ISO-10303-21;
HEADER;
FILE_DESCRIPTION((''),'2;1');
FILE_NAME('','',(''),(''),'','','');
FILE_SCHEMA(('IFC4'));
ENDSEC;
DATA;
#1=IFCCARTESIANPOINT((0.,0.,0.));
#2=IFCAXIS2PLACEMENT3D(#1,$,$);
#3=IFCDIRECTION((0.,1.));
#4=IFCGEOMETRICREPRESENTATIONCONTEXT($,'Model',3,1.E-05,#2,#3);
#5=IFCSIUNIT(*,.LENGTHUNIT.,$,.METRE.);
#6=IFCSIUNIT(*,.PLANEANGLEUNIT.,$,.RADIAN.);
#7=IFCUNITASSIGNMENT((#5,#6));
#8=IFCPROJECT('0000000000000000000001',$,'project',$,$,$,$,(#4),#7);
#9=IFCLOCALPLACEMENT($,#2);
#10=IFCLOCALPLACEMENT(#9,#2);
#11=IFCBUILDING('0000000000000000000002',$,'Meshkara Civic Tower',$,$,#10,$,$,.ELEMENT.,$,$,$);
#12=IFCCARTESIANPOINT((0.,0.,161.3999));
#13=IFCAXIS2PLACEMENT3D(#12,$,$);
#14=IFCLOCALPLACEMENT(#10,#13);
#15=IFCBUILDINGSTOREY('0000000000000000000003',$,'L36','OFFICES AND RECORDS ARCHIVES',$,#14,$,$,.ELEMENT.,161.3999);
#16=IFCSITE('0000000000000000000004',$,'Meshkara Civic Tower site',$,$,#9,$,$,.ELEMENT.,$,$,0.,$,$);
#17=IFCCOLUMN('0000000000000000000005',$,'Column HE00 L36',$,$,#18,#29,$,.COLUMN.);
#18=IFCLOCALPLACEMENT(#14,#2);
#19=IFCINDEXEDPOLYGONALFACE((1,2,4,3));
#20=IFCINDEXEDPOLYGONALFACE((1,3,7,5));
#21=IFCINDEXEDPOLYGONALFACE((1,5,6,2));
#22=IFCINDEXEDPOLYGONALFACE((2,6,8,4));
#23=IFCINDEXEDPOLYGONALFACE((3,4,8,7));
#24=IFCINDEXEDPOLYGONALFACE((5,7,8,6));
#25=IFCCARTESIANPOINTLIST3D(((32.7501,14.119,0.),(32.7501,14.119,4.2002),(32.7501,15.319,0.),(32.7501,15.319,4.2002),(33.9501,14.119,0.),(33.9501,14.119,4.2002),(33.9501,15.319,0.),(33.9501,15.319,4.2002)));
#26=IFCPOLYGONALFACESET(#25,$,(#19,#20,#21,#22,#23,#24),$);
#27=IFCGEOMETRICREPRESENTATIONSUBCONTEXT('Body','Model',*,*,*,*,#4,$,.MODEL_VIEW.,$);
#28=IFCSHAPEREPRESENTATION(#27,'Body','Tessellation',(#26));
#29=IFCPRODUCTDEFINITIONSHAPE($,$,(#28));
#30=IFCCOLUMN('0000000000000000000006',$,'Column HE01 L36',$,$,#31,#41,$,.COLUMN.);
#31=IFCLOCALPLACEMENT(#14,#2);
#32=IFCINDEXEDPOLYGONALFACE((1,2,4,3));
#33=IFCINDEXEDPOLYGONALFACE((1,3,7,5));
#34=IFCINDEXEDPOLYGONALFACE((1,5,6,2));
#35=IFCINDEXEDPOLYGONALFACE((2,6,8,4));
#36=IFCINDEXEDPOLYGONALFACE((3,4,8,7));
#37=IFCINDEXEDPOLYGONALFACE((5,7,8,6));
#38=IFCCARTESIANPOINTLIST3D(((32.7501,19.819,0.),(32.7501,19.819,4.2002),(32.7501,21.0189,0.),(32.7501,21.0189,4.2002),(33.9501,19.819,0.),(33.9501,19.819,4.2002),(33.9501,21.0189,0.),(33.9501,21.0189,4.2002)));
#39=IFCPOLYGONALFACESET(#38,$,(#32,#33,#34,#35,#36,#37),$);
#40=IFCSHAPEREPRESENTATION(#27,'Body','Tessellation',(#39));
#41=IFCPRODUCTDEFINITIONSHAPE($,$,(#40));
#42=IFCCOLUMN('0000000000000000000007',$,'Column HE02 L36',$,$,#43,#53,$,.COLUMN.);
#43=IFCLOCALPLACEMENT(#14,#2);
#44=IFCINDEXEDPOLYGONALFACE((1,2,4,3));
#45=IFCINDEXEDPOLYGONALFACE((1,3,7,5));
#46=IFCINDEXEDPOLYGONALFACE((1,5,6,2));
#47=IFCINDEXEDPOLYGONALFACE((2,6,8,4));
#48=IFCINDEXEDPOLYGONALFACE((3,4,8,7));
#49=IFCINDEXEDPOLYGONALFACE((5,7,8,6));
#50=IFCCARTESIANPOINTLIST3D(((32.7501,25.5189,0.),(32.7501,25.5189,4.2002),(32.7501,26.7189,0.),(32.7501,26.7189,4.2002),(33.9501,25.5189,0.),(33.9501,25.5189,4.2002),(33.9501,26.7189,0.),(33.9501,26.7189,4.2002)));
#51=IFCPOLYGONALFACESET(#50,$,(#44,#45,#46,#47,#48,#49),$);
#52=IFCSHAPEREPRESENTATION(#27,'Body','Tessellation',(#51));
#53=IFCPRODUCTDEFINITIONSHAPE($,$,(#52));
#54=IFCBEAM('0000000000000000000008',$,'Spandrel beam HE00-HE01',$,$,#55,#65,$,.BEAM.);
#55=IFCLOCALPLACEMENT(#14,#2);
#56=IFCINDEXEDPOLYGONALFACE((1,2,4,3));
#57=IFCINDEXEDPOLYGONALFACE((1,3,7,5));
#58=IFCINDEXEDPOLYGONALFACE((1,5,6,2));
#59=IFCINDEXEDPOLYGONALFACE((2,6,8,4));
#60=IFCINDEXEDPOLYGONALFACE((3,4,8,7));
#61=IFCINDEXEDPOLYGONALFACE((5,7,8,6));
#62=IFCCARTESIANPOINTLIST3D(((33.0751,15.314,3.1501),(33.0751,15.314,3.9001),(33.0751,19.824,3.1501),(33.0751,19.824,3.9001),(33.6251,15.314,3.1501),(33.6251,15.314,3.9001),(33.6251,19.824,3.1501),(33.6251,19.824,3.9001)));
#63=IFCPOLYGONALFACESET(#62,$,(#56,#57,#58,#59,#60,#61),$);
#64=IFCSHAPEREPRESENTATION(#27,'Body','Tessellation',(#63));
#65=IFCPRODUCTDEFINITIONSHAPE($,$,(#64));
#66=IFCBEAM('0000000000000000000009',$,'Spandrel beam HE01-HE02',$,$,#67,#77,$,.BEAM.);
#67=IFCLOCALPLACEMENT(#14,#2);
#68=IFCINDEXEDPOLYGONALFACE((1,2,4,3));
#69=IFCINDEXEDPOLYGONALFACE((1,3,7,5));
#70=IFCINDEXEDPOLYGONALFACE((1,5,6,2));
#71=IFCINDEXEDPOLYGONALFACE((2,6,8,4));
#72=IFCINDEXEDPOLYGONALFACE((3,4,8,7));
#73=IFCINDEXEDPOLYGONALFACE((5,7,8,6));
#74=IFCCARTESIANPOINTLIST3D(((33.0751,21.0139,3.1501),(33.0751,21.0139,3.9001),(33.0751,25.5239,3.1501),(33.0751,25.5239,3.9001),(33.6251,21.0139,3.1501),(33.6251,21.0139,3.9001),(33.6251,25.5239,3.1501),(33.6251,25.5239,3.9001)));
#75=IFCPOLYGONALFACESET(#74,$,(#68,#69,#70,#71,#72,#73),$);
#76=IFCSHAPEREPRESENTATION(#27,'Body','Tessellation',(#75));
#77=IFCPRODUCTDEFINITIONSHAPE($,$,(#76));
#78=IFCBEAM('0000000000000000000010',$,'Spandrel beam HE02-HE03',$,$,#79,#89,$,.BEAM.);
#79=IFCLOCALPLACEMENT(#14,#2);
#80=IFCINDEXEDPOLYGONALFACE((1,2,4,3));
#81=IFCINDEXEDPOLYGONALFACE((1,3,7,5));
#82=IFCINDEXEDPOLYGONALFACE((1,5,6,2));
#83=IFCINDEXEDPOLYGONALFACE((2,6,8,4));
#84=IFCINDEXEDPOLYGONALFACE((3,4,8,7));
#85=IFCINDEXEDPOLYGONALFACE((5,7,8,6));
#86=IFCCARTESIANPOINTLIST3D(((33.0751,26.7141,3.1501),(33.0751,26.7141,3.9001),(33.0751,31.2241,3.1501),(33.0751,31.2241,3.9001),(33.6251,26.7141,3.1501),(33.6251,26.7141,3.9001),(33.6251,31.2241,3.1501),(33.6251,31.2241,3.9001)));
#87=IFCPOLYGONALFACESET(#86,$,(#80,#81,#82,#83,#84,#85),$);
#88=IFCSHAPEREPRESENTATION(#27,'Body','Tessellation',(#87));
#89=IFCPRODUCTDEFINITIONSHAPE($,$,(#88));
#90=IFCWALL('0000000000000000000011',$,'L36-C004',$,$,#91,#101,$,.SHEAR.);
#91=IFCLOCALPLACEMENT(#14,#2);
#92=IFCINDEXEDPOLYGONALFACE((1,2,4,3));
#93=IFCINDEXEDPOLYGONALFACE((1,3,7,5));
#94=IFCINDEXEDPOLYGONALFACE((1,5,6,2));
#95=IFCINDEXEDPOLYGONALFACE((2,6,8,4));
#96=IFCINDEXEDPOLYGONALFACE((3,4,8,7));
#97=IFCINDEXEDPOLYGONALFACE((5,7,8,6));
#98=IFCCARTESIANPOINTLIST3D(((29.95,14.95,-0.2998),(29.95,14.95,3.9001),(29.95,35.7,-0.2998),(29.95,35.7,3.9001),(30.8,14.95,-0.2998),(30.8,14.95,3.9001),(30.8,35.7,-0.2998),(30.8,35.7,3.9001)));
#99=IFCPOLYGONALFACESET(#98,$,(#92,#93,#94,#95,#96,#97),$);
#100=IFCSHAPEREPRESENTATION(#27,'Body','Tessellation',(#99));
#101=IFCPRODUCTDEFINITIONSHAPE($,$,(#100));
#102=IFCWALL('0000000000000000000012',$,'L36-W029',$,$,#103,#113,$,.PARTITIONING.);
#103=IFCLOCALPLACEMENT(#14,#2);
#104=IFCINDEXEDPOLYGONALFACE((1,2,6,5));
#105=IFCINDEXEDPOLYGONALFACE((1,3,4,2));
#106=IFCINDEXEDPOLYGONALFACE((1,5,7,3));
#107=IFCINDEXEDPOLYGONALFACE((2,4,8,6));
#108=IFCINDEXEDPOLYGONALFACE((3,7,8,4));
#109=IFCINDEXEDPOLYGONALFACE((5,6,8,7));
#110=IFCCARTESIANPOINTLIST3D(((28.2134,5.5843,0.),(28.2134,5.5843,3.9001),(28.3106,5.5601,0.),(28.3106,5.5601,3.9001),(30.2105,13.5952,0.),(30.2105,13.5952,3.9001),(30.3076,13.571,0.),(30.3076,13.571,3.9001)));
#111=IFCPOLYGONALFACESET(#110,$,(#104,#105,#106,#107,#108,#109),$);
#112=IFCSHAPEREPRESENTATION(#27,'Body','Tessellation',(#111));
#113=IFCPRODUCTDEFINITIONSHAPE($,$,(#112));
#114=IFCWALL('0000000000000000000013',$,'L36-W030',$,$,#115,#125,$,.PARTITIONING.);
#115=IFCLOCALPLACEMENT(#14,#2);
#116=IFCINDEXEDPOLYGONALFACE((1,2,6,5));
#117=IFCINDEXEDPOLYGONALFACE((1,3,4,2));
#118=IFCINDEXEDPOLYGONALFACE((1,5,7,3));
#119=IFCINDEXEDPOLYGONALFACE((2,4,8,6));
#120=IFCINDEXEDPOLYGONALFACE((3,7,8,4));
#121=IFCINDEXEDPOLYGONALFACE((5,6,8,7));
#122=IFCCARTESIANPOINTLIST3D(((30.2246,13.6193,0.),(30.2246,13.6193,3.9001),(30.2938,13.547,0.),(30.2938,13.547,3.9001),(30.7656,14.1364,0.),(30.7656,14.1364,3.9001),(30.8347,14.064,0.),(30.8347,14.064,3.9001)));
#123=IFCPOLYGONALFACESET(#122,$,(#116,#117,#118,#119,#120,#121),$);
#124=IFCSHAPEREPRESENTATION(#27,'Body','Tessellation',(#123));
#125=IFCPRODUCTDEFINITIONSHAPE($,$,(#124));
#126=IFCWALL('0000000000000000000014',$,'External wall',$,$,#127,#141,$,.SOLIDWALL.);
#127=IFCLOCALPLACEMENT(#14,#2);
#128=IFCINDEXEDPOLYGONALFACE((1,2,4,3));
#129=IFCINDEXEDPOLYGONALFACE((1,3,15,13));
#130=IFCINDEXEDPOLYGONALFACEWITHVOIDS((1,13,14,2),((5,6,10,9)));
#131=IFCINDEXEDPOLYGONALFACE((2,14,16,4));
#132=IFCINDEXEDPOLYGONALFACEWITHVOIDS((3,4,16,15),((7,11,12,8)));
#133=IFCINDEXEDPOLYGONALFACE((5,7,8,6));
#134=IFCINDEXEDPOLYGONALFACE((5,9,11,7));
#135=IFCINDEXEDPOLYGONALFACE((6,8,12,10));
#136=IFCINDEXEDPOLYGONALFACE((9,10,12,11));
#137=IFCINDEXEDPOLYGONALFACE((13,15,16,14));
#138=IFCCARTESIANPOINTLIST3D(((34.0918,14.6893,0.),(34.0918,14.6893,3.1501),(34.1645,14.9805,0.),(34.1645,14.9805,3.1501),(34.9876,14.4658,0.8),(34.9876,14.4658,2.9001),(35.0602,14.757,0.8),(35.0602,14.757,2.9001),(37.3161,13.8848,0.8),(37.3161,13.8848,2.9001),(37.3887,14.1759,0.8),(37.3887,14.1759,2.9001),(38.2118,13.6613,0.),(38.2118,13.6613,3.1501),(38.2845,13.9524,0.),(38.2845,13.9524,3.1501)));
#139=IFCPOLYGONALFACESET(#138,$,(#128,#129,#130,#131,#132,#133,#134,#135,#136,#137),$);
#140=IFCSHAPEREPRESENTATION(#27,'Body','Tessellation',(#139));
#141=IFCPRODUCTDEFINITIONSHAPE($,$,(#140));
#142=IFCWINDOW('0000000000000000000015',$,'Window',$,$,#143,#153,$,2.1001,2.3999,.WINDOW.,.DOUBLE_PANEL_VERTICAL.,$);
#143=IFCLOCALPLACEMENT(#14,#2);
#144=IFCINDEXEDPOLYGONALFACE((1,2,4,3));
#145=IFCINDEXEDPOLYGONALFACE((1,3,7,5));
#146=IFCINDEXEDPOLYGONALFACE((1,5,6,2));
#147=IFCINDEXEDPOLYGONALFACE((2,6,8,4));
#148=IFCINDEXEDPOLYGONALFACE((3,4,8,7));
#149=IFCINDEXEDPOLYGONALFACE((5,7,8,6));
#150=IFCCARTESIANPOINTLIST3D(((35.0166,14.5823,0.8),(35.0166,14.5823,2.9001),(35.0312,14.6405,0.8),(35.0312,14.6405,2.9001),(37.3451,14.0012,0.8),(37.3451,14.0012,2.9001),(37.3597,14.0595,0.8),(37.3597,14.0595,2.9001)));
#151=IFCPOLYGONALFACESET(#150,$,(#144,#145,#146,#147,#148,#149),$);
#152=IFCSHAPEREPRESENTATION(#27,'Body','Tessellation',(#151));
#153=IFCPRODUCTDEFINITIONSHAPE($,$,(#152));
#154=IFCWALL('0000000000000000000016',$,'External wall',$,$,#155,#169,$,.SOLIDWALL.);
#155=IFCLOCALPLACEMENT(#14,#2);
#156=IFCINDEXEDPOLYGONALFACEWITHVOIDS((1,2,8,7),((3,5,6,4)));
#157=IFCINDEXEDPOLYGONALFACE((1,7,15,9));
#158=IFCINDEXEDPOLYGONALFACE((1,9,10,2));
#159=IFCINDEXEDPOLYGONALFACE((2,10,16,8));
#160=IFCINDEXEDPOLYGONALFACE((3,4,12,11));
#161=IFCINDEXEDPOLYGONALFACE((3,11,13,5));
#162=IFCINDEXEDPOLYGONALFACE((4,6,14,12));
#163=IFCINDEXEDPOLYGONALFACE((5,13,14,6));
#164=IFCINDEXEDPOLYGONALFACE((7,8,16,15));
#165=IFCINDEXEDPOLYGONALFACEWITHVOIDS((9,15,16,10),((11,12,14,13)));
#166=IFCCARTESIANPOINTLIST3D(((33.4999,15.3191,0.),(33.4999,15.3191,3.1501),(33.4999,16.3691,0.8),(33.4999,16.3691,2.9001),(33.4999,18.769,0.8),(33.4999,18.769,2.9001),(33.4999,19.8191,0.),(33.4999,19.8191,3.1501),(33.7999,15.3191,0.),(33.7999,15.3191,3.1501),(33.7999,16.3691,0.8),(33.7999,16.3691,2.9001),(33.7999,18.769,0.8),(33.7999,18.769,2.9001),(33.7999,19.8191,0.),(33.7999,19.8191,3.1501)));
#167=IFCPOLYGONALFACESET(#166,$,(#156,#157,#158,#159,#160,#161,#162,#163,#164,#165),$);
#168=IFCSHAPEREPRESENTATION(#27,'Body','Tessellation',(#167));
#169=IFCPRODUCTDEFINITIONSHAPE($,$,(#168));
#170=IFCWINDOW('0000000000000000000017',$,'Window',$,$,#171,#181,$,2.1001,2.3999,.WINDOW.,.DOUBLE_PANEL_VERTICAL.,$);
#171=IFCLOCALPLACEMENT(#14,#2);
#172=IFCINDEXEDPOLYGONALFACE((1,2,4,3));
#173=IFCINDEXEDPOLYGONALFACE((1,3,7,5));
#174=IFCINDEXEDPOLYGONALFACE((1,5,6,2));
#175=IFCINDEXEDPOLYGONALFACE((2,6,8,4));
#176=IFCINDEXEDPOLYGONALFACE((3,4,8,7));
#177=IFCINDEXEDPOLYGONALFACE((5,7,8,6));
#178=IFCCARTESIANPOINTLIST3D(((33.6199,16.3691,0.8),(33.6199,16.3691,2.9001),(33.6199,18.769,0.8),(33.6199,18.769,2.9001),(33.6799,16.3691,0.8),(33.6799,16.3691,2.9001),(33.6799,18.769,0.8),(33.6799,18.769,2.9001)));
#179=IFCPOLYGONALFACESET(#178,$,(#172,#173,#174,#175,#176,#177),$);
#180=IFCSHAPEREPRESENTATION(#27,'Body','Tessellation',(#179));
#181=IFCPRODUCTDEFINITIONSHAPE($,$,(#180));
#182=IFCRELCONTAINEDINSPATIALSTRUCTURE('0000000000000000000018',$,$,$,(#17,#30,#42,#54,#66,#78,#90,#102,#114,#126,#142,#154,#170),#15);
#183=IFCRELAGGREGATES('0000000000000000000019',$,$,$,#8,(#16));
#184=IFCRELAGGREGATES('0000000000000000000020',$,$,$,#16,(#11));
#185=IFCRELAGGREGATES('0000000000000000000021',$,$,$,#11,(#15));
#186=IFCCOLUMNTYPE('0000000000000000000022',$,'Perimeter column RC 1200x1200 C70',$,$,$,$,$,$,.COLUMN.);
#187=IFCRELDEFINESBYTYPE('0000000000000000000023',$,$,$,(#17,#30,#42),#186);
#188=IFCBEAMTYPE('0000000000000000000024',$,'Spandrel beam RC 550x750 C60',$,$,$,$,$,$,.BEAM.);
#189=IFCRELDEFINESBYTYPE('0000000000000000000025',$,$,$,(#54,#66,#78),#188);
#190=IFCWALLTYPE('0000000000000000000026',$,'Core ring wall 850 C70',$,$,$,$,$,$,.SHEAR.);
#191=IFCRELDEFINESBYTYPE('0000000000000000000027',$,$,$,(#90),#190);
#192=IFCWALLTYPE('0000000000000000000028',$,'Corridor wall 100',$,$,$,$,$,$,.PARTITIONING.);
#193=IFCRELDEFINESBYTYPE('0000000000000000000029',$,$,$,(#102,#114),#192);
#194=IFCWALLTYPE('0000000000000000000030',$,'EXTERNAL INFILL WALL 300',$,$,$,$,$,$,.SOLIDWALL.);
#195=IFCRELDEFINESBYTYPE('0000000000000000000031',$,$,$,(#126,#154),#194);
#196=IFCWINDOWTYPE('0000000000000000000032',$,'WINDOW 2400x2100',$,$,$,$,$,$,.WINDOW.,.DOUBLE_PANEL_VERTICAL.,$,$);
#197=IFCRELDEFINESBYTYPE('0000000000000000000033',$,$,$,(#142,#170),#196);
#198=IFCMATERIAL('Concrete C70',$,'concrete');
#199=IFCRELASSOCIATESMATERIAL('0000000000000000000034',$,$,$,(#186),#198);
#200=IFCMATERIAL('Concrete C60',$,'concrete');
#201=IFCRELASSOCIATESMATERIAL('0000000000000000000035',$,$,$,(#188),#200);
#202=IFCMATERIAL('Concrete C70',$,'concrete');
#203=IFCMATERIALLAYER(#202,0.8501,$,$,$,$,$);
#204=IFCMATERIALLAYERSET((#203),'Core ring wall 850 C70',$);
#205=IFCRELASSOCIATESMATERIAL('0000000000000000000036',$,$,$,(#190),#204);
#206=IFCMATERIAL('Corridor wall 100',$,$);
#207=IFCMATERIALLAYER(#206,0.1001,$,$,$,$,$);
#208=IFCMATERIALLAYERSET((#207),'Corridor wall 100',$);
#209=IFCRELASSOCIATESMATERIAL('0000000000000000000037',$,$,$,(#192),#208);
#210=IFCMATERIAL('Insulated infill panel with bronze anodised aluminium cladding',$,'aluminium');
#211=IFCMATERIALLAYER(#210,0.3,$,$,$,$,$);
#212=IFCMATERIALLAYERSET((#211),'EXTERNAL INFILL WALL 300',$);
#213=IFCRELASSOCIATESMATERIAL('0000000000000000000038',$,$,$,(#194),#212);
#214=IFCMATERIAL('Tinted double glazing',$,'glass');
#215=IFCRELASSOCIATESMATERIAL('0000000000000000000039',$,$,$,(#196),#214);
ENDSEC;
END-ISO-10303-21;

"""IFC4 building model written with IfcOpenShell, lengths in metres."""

from ifc_helpers import new_model, si_unit, direction, frame, frame_2d, origin, origin_2d, place, context, subcontext, project, spatial, rectangle, extrude, material, layer, layer_set, material_profile, profile_set, type_object, element, fill, save


model = new_model("IFC4")

# Units and contexts
model_context = context("Model", 3, precision=1e-05, world=origin(), true_north=direction((0.0, 1.0)))
body_context = subcontext(model_context, "Body", "Model", "MODEL_VIEW")
ifc_project = project(units=[si_unit("LENGTHUNIT", "METRE"), si_unit("PLANEANGLEUNIT", "RADIAN")], contexts=[model_context])

# Site, building, storey
site_placement = place(None, origin())
site = spatial("IfcSite", under=ifc_project, at=site_placement, Name="Meshkara Civic Tower site", CompositionType="ELEMENT", RefElevation=0.0)
building_placement = place(site_placement, origin())
building = spatial("IfcBuilding", under=site, at=building_placement, Name="Meshkara Civic Tower", CompositionType="ELEMENT")
storey_placement = place(building_placement, frame((0.0, 0.0, 161.3999)))
storey = spatial("IfcBuildingStorey", under=building, at=storey_placement, Name="L36", Description="OFFICES AND RECORDS ARCHIVES", CompositionType="ELEMENT", Elevation=161.3999)

# Columns
ifc_material_1 = material(Name="Concrete C70", Category="concrete")
ifc_material_profile_1 = material_profile(ifc_material_1, rectangle(XDim=1.2, YDim=1.2, at=origin_2d()))
ifc_profile_set_1 = profile_set([ifc_material_profile_1], Name="Concrete C70")
column_type = type_object("IfcColumnType", Name="Perimeter column RC 1200x1200 C70", PredefinedType="COLUMN", material=ifc_profile_set_1)
for number, where, z_axis, x_axis, name in (
    (1, (33.3501, 14.719, 0.0), (0.0, 0.0, 1.0), (1.0, 0.0, 0.0), "Column HE00 L36"),
    (2, (33.3501, 20.4189, 0.0), (0.0, 0.0, 1.0), (1.0, 0.0, 0.0), "Column HE01 L36"),
    (3, (33.3501, 26.1189, 0.0), (0.0, 0.0, 1.0), (1.0, 0.0, 0.0), "Column HE02 L36"),
):
    element("IfcColumn", number, at=place(storey_placement, frame(where, z_axis=z_axis, x_axis=x_axis)), inside=storey, type_object=column_type, Name=name, PredefinedType="COLUMN", context=body_context, shape_type="SweptSolid", body=[
        extrude(rectangle(XDim=1.2, YDim=1.2, at=origin_2d()), origin(), (0.0, 0.0, 1.0), 4.2002),
    ])

# Beams
ifc_material_2 = material(Name="Concrete C60", Category="concrete")
ifc_material_profile_2 = material_profile(ifc_material_2, rectangle(XDim=0.55, YDim=0.75, at=origin_2d()))
ifc_profile_set_2 = profile_set([ifc_material_profile_2], Name="Concrete C60")
beam_type = type_object("IfcBeamType", Name="Spandrel beam RC 550x750 C60", PredefinedType="BEAM", material=ifc_profile_set_2)
for number, where, z_axis, x_axis, name in (
    (4, (33.3501, 15.314, 3.5251), (0.0, 1.0, 0.0), (-1.0, 0.0, 0.0), "Spandrel beam HE00-HE01"),
    (5, (33.3501, 21.0139, 3.5251), (0.0, 1.0, 0.0), (-1.0, 0.0, 0.0), "Spandrel beam HE01-HE02"),
    (6, (33.3501, 26.7141, 3.5251), (0.0, 1.0, 0.0), (-1.0, 0.0, 0.0), "Spandrel beam HE02-HE03"),
):
    element("IfcBeam", number, at=place(storey_placement, frame(where, z_axis=z_axis, x_axis=x_axis)), inside=storey, type_object=beam_type, Name=name, PredefinedType="BEAM", context=body_context, shape_type="SweptSolid", body=[
        extrude(rectangle(XDim=0.55, YDim=0.75, at=origin_2d()), origin(), (0.0, 0.0, 1.0), 4.51),
    ])

# Walls
ifc_material_3 = material(Name="Concrete C70", Category="concrete")
ifc_layer_1 = layer(ifc_material_3, 0.8501)
ifc_layer_set_1 = layer_set([ifc_layer_1], Name="Core ring wall 850 C70")
wall_type_1 = type_object("IfcWallType", Name="Core ring wall 850 C70", PredefinedType="SHEAR", material=ifc_layer_set_1)
wall_1_placement = place(storey_placement, frame((30.375, 14.95, -0.2998), z_axis=(0.0, 0.0, 1.0), x_axis=(0.0, 1.0, 0.0)))
element("IfcWall", 7, at=wall_1_placement, inside=storey, type_object=wall_type_1, Name="L36-C004", PredefinedType="SHEAR", context=body_context, shape_type="SweptSolid", body=[
    extrude(rectangle(XDim=20.75, YDim=0.8501, at=frame_2d((10.375, 0.0))), origin(), (0.0, 0.0, 1.0), 4.2),
])
ifc_material_4 = material(Name="Corridor wall 100")
ifc_layer_2 = layer(ifc_material_4, 0.1001)
ifc_layer_set_2 = layer_set([ifc_layer_2], Name="Corridor wall 100")
wall_type_2 = type_object("IfcWallType", Name="Corridor wall 100", PredefinedType="PARTITIONING", material=ifc_layer_set_2)
wall_2_placement = place(storey_placement, frame((30.259, 13.583, 0.0), z_axis=(0.0, 0.0, 1.0), x_axis=(-0.241888, -0.970304, 0.0)))
element("IfcWall", 8, at=wall_2_placement, inside=storey, type_object=wall_type_2, Name="L36-W029", PredefinedType="PARTITIONING", context=body_context, shape_type="SweptSolid", body=[
    extrude(rectangle(XDim=8.2561, YDim=0.1001, at=frame_2d((4.1279, 0.0))), origin(), (0.0, 0.0, 1.0), 3.9001),
])
wall_3_placement = place(storey_placement, frame((30.8, 14.1001, 0.0), z_axis=(0.0, 0.0, 1.0), x_axis=(-0.722911, -0.690941, 0.0)))
element("IfcWall", 9, at=wall_3_placement, inside=storey, type_object=wall_type_2, Name="L36-W030", PredefinedType="PARTITIONING", context=body_context, shape_type="SweptSolid", body=[
    extrude(rectangle(XDim=0.7483, YDim=0.1001, at=frame_2d((0.374, 0.0))), origin(), (0.0, 0.0, 1.0), 3.9001),
])

# Walls, openings, windows
ifc_material_5 = material(Name="Insulated infill panel with bronze anodised aluminium cladding", Category="aluminium")
ifc_layer_3 = layer(ifc_material_5, 0.3)
ifc_layer_set_3 = layer_set([ifc_layer_3], Name="EXTERNAL INFILL WALL 300")
wall_type_3 = type_object("IfcWallType", Name="EXTERNAL INFILL WALL 300", PredefinedType="SOLIDWALL", material=ifc_layer_set_3)
wall_4_placement = place(storey_placement, frame((38.248, 13.8069, 0.0), z_axis=(0.0, 0.0, 1.0), x_axis=(-0.970251, 0.242103, 0.0)))
wall_4 = element("IfcWall", 10, at=wall_4_placement, inside=storey, type_object=wall_type_3, Name="External wall", PredefinedType="SOLIDWALL", context=body_context, shape_type="SweptSolid", body=[
    extrude(rectangle(XDim=4.2463, YDim=0.3, at=frame_2d((2.123, 0.0))), origin(), (0.0, 0.0, 1.0), 3.1501),
])
opening_1_placement = place(wall_4_placement, frame((0.9231, 0.0, 0.8)))
opening_1 = element("IfcOpeningElement", 11, at=opening_1_placement, cuts=wall_4, PredefinedType="OPENING", context=body_context, shape_type="SweptSolid", body=[
    extrude(rectangle(XDim=2.3999, YDim=2.1001, at=frame_2d((1.2, 1.05))), frame((0.0, 0.1599, 0.0), z_axis=(0.0, -1.0, 0.0), x_axis=(1.0, 0.0, 0.0)), (0.0, 0.0, 1.0), 0.3201),
])
ifc_material_6 = material(Name="Tinted double glazing", Category="glass")
window_type = type_object("IfcWindowType", Name="WINDOW 2400x2100", PartitioningType="DOUBLE_PANEL_VERTICAL", PredefinedType="WINDOW", material=ifc_material_6)
window_1_placement = place(opening_1_placement, origin())
window_1 = element("IfcWindow", 12, at=window_1_placement, inside=storey, type_object=window_type, Name="Window", OverallHeight=2.1001, OverallWidth=2.3999, PartitioningType="DOUBLE_PANEL_VERTICAL", PredefinedType="WINDOW", context=body_context, shape_type="SweptSolid", body=[
    extrude(rectangle(XDim=2.3999, YDim=2.1001, at=frame_2d((1.2, 1.05))), frame((0.0, 0.03, 0.0), z_axis=(0.0, -1.0, 0.0), x_axis=(1.0, 0.0, 0.0)), (0.0, 0.0, 1.0), 0.0601),
])
fill(opening_1, window_1)
wall_5_placement = place(storey_placement, frame((33.6499, 15.3191, 0.0), z_axis=(0.0, 0.0, 1.0), x_axis=(0.0, 1.0, 0.0)))
wall_5 = element("IfcWall", 13, at=wall_5_placement, inside=storey, type_object=wall_type_3, Name="External wall", PredefinedType="SOLIDWALL", context=body_context, shape_type="SweptSolid", body=[
    extrude(rectangle(XDim=4.5, YDim=0.3, at=frame_2d((2.25, 0.0))), origin(), (0.0, 0.0, 1.0), 3.1501),
])
opening_2_placement = place(wall_5_placement, frame((1.05, 0.0, 0.8)))
opening_2 = element("IfcOpeningElement", 14, at=opening_2_placement, cuts=wall_5, PredefinedType="OPENING", context=body_context, shape_type="SweptSolid", body=[
    extrude(rectangle(XDim=2.3999, YDim=2.1001, at=frame_2d((1.2, 1.05))), frame((0.0, 0.1599, 0.0), z_axis=(0.0, -1.0, 0.0), x_axis=(1.0, 0.0, 0.0)), (0.0, 0.0, 1.0), 0.3201),
])
window_2_placement = place(opening_2_placement, origin())
window_2 = element("IfcWindow", 15, at=window_2_placement, inside=storey, type_object=window_type, Name="Window", OverallHeight=2.1001, OverallWidth=2.3999, PartitioningType="DOUBLE_PANEL_VERTICAL", PredefinedType="WINDOW", context=body_context, shape_type="SweptSolid", body=[
    extrude(rectangle(XDim=2.3999, YDim=2.1001, at=frame_2d((1.2, 1.05))), frame((0.0, 0.03, 0.0), z_axis=(0.0, -1.0, 0.0), x_axis=(1.0, 0.0, 0.0)), (0.0, 0.0, 1.0), 0.0601),
])
fill(opening_2, window_2)

save(model, "model.ifc")
